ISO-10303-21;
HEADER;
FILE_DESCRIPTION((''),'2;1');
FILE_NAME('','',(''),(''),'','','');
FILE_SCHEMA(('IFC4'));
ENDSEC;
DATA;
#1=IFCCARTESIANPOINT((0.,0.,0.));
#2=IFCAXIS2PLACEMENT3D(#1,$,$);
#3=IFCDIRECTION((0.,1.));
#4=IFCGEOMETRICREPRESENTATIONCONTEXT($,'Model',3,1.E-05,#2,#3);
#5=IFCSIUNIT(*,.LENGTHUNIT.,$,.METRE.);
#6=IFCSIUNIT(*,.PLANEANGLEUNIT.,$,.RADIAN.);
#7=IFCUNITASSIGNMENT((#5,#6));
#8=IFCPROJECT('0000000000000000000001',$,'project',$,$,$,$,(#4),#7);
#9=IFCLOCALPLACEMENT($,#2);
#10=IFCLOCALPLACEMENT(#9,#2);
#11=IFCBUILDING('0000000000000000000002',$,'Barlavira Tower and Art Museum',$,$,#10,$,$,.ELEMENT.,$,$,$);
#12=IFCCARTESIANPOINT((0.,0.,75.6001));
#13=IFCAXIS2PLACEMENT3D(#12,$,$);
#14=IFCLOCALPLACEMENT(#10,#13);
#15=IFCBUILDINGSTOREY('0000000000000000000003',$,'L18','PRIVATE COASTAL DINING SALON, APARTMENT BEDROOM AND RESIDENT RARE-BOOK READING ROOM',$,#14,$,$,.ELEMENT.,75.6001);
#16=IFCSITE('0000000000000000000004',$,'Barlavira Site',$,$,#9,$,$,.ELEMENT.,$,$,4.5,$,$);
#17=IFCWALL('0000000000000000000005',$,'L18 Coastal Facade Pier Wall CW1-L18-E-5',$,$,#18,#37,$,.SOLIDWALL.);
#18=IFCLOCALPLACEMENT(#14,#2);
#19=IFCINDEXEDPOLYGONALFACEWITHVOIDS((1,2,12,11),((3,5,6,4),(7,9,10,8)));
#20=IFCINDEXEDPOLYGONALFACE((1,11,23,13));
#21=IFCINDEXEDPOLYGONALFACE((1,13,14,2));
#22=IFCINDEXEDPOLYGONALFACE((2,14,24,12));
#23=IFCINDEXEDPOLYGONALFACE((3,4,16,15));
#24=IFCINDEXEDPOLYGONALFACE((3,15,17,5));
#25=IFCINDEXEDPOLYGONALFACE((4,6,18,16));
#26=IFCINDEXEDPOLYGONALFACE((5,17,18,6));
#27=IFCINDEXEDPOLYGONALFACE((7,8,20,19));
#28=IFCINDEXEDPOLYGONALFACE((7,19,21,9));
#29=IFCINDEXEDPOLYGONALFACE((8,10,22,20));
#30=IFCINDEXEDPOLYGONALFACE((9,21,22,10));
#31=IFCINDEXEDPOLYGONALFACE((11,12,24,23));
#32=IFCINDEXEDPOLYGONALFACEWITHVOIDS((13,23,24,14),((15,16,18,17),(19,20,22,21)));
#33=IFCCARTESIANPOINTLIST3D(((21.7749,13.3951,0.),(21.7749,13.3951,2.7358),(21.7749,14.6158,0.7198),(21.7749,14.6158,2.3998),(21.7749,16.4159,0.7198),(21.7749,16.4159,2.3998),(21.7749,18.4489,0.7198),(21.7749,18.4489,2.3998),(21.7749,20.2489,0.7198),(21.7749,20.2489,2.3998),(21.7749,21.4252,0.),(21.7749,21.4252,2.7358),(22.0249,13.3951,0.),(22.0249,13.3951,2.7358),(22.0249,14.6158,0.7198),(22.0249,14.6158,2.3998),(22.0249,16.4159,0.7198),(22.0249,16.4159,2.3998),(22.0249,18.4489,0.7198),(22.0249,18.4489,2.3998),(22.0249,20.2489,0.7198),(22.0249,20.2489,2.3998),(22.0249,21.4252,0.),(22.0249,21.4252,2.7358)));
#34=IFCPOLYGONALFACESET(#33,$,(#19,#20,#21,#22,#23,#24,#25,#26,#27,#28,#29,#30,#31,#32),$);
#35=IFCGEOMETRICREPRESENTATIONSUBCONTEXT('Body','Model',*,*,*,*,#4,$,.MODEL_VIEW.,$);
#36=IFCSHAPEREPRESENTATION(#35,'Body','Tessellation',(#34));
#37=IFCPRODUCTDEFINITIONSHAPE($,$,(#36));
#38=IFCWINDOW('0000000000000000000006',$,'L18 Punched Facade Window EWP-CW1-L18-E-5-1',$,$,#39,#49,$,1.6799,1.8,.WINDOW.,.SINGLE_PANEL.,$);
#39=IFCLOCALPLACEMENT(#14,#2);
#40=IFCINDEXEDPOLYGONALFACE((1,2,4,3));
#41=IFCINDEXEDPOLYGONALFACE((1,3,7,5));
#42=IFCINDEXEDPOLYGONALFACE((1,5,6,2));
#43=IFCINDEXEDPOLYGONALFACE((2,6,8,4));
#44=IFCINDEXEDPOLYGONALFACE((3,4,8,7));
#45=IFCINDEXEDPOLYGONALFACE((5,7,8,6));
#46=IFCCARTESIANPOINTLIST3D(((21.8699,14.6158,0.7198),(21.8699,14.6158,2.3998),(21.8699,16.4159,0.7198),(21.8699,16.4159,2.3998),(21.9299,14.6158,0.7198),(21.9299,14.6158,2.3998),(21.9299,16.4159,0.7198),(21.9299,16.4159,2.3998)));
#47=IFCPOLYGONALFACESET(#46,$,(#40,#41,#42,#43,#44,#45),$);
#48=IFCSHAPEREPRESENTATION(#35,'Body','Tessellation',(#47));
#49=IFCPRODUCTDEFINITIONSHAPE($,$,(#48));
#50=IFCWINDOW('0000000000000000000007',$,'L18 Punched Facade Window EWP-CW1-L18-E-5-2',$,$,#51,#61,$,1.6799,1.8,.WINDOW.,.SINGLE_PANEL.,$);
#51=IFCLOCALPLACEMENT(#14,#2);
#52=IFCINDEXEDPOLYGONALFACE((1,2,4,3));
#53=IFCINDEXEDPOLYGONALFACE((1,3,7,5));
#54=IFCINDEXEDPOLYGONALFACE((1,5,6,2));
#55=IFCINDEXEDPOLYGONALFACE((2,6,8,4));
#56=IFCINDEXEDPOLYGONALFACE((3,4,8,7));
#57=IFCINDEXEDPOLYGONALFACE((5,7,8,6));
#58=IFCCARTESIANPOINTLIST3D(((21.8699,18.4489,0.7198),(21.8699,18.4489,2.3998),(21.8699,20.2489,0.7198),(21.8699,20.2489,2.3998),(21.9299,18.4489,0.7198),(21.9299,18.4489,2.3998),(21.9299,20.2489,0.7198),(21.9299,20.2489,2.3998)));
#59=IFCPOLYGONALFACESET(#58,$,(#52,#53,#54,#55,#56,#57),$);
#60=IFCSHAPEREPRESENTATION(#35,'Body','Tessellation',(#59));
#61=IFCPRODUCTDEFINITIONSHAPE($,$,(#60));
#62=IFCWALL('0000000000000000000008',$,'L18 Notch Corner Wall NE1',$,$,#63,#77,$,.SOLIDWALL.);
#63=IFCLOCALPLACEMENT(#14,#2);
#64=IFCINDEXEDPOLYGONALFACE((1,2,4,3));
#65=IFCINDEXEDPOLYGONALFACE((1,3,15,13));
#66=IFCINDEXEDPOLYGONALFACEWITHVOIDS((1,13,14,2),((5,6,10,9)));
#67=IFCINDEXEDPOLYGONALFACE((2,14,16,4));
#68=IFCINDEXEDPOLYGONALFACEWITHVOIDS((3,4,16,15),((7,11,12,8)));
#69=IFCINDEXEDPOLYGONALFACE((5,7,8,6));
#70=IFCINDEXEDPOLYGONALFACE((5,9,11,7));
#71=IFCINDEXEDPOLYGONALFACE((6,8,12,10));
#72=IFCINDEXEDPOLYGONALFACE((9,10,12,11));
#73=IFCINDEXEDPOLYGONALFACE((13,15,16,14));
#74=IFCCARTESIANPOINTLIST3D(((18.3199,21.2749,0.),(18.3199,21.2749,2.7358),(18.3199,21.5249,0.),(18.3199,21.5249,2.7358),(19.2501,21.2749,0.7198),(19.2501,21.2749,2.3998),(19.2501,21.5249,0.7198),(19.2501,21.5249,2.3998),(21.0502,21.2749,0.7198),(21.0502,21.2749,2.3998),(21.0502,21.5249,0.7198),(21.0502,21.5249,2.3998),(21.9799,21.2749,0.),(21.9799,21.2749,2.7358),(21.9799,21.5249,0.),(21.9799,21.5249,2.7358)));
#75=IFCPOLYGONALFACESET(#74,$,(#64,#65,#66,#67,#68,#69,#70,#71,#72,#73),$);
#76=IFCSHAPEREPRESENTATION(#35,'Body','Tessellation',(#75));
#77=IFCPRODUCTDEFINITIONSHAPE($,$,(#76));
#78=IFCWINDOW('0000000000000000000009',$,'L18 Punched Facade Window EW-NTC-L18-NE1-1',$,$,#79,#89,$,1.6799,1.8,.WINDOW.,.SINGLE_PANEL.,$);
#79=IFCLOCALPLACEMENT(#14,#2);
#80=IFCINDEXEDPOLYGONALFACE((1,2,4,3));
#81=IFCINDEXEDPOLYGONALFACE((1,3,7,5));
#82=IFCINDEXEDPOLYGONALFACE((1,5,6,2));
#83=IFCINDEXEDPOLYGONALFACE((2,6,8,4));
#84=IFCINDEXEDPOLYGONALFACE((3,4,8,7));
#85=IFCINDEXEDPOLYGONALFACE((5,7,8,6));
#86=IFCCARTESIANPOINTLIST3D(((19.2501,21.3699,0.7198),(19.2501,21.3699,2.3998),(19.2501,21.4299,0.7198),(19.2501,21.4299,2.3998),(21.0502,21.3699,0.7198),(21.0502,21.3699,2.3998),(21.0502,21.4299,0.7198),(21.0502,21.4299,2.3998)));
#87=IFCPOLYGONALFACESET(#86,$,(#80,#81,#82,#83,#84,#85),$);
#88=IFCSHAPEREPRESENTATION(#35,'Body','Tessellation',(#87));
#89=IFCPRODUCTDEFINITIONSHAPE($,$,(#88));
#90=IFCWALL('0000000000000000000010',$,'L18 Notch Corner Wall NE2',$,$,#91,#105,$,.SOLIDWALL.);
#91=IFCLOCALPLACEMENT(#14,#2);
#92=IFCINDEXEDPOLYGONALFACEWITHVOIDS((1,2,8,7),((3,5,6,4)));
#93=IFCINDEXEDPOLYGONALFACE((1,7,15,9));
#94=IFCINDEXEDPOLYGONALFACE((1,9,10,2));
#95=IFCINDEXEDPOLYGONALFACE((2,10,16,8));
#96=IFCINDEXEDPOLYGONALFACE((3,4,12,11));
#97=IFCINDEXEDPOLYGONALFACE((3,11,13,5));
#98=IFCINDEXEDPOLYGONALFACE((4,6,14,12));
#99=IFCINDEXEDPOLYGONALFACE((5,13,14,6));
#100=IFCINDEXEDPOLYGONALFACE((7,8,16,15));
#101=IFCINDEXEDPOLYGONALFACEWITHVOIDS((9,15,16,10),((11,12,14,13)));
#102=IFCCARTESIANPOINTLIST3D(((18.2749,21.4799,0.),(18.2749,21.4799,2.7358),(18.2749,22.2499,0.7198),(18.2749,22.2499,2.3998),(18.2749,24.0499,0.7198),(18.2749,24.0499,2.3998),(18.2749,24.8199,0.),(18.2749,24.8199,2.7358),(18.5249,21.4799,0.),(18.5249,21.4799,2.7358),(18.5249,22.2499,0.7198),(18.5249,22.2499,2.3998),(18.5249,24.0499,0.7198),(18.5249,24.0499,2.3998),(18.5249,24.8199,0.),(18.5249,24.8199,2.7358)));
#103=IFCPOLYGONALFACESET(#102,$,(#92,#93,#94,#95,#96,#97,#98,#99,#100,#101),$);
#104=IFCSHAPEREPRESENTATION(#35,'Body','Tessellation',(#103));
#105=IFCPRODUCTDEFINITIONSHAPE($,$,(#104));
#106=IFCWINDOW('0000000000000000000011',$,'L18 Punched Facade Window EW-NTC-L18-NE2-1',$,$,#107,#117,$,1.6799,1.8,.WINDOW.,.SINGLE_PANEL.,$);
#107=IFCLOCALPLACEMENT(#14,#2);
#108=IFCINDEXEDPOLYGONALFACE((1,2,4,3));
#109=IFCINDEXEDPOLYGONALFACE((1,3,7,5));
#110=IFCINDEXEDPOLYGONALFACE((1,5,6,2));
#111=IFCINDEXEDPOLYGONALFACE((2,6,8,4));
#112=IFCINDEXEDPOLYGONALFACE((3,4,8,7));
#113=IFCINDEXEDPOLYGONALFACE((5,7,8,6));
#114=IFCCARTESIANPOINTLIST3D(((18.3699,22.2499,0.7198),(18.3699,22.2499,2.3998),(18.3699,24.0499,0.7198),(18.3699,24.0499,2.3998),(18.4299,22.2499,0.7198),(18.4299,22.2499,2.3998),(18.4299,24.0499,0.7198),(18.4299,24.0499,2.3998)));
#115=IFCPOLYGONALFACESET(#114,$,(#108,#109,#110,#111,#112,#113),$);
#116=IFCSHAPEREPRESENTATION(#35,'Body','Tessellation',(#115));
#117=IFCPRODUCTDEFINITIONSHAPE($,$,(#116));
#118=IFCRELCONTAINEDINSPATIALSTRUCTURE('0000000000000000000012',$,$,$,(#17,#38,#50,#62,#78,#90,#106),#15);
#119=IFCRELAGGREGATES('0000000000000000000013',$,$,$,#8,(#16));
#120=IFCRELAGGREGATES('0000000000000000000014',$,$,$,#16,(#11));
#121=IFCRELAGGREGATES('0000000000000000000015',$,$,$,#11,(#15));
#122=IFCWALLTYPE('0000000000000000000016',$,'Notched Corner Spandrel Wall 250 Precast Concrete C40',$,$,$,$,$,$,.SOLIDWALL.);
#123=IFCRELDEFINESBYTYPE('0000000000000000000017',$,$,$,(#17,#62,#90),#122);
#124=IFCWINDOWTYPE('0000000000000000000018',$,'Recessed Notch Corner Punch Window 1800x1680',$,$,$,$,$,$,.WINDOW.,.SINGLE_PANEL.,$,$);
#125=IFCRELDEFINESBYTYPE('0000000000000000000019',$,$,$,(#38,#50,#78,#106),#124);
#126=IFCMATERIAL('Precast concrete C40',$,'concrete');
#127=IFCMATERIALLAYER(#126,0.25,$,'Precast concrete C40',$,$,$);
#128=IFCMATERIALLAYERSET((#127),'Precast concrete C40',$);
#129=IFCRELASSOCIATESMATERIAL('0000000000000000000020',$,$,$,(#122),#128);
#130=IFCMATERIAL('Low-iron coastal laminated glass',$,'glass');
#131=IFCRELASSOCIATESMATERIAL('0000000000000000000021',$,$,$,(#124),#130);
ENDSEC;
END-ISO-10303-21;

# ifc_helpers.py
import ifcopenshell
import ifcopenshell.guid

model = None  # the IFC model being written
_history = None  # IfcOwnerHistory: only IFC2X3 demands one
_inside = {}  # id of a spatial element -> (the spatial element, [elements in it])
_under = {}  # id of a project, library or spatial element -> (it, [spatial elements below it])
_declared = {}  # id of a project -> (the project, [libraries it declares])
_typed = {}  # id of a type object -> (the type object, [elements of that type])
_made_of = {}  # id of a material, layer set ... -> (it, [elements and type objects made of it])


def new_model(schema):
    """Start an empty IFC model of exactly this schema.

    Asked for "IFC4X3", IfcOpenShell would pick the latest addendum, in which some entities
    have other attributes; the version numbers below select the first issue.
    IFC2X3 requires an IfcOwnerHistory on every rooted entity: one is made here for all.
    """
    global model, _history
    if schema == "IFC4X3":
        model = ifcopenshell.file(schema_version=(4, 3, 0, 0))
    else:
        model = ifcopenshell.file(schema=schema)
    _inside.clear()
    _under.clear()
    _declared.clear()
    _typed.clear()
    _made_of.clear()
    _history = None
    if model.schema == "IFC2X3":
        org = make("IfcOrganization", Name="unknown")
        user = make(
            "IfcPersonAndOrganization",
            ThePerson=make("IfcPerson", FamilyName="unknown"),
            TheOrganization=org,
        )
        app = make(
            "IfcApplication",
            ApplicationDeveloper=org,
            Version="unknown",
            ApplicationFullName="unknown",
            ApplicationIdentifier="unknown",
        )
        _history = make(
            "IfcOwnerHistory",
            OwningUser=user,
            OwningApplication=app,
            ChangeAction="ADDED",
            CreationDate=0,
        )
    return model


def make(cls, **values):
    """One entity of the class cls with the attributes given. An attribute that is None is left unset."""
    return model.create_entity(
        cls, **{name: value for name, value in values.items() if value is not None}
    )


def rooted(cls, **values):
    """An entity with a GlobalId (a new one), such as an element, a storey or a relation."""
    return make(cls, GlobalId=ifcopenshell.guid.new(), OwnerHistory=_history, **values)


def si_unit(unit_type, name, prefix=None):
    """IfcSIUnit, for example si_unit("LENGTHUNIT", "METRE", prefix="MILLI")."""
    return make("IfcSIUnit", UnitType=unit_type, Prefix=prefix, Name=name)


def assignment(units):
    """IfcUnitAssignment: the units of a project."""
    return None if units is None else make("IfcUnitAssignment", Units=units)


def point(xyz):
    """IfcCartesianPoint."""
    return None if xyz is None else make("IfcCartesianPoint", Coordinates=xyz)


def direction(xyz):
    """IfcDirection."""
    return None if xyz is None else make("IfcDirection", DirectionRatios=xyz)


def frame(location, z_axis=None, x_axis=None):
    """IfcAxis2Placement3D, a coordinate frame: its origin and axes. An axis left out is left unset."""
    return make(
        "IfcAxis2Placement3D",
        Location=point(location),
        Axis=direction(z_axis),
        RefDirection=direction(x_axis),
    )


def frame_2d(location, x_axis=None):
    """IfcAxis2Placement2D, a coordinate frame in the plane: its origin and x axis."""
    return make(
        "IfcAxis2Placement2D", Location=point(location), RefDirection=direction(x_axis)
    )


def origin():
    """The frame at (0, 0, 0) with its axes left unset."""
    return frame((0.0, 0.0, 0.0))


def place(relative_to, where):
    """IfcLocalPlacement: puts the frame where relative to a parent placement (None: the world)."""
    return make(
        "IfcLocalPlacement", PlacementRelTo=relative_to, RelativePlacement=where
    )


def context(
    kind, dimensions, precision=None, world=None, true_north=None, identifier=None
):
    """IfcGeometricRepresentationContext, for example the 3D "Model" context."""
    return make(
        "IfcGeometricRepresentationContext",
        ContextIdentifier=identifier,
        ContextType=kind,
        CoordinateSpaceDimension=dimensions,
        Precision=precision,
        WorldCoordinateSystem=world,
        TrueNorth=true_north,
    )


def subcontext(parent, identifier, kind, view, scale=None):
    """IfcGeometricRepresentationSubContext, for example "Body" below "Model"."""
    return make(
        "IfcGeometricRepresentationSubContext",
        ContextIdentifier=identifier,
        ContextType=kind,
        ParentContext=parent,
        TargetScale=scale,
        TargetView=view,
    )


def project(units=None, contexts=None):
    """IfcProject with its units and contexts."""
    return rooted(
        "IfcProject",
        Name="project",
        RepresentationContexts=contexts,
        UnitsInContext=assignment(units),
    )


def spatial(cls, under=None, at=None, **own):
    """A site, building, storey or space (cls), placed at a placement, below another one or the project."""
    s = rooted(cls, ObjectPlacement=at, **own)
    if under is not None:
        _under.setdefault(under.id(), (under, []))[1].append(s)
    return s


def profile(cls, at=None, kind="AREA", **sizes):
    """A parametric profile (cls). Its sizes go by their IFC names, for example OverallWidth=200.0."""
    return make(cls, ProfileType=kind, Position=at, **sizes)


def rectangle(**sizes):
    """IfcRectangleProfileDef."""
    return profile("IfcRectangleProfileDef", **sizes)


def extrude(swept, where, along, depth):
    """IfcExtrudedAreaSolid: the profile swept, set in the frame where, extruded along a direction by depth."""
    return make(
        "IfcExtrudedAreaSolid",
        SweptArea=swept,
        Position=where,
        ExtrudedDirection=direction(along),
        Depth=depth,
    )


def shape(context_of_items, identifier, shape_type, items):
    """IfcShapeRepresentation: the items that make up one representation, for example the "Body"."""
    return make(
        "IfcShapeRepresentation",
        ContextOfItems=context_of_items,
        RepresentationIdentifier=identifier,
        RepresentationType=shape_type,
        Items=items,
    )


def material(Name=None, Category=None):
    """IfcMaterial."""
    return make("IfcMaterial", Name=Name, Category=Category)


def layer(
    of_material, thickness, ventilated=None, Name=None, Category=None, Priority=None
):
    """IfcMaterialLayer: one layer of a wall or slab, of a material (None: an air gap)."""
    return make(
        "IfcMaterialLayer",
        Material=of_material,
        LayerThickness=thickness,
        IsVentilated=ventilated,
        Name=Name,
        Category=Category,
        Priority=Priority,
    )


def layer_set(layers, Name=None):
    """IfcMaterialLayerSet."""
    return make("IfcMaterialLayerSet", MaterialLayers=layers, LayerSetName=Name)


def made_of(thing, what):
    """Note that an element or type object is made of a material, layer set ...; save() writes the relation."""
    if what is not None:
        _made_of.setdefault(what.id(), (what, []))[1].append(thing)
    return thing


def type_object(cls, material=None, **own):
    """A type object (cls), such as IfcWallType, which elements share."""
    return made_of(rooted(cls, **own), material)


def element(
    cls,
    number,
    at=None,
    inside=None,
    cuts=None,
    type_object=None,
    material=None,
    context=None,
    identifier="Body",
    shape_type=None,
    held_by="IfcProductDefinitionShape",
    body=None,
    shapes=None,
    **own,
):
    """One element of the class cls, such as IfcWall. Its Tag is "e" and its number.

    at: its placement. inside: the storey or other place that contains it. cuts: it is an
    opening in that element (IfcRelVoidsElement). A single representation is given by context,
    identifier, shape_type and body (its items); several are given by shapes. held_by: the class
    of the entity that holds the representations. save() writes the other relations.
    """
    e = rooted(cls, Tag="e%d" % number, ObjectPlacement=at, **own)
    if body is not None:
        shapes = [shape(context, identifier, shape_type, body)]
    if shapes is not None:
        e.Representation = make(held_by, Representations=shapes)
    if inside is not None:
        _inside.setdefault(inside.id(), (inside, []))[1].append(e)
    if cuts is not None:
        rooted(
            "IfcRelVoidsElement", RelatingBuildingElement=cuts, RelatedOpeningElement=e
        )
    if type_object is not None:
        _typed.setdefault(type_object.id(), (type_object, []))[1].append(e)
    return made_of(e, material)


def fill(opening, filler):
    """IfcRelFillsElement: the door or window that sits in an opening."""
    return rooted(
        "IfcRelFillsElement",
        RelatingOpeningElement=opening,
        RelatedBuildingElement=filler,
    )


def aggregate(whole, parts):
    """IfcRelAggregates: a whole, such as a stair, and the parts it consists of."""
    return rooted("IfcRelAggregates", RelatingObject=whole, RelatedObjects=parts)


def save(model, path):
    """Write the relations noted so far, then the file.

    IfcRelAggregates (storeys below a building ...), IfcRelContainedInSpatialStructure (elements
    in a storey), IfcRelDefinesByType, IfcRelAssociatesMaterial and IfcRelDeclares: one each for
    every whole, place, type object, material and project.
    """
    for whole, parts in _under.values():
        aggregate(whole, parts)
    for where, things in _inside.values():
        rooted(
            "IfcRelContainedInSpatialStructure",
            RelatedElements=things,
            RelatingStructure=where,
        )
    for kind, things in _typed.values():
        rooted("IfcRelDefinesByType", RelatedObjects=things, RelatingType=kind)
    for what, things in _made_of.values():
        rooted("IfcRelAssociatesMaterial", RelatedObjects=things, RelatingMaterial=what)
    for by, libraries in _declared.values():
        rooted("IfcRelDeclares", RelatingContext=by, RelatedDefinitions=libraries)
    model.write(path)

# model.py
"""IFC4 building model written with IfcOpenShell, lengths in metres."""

from ifc_helpers import new_model, si_unit, direction, frame, frame_2d, origin, place, context, subcontext, project, spatial, rectangle, extrude, material, layer, layer_set, type_object, element, fill, save


model = new_model("IFC4")

# Units and contexts
model_context = context("Model", 3, precision=1e-05, world=origin(), true_north=direction((0.0, 1.0)))
body_context = subcontext(model_context, "Body", "Model", "MODEL_VIEW")
ifc_project = project(units=[si_unit("LENGTHUNIT", "METRE"), si_unit("PLANEANGLEUNIT", "RADIAN")], contexts=[model_context])

# Site, building, storey
site_placement = place(None, origin())
site = spatial("IfcSite", under=ifc_project, at=site_placement, Name="Barlavira Site", CompositionType="ELEMENT", RefElevation=4.5)
building_placement = place(site_placement, origin())
building = spatial("IfcBuilding", under=site, at=building_placement, Name="Barlavira Tower and Art Museum", CompositionType="ELEMENT")
storey_placement = place(building_placement, frame((0.0, 0.0, 75.6001)))
storey = spatial("IfcBuildingStorey", under=building, at=storey_placement, Name="L18", Description="PRIVATE COASTAL DINING SALON, APARTMENT BEDROOM AND RESIDENT RARE-BOOK READING ROOM", CompositionType="ELEMENT", Elevation=75.6001)

# Shared definitions
ifc_material_1 = material(Name="Precast concrete C40", Category="concrete")
ifc_layer_1 = layer(ifc_material_1, 0.25, Name="Precast concrete C40")
ifc_layer_set_1 = layer_set([ifc_layer_1], Name="Precast concrete C40")
wall_type_1 = type_object("IfcWallType", Name="Notched Corner Spandrel Wall 250 Precast Concrete C40", PredefinedType="SOLIDWALL", material=ifc_layer_set_1)
ifc_material_2 = material(Name="Low-iron coastal laminated glass", Category="glass")
window_type = type_object("IfcWindowType", Name="Recessed Notch Corner Punch Window 1800x1680", PartitioningType="SINGLE_PANEL", PredefinedType="WINDOW", material=ifc_material_2)

# Wall, openings, windows
wall_1_placement = place(storey_placement, frame((21.8999, 13.395, 0.0), z_axis=(0.0, 0.0, 1.0), x_axis=(0.0, 1.0, 0.0)))
wall_1 = element("IfcWall", 1, at=wall_1_placement, inside=storey, type_object=wall_type_1, Name="L18 Coastal Facade Pier Wall CW1-L18-E-5", PredefinedType="SOLIDWALL", context=body_context, shape_type="SweptSolid", body=[
    extrude(rectangle(XDim=8.03, YDim=0.25, at=frame_2d((4.0151, 0.0))), origin(), (0.0, 0.0, 1.0), 2.7358),
])
opening_1_placement = place(wall_1_placement, frame((1.2209, 0.0, 0.72)))
opening_1 = element("IfcOpeningElement", 2, at=opening_1_placement, cuts=wall_1, PredefinedType="OPENING", context=body_context, shape_type="SweptSolid", body=[
    extrude(rectangle(XDim=1.8, YDim=1.6799, at=frame_2d((0.8999, 0.8398))), frame((0.0, 0.135, 0.0), z_axis=(0.0, -1.0, 0.0), x_axis=(1.0, 0.0, 0.0)), (0.0, 0.0, 1.0), 0.27),
])
opening_2_placement = place(wall_1_placement, frame((5.054, 0.0, 0.72)))
opening_2 = element("IfcOpeningElement", 3, at=opening_2_placement, cuts=wall_1, PredefinedType="OPENING", context=body_context, shape_type="SweptSolid", body=[
    extrude(rectangle(XDim=1.8, YDim=1.6799, at=frame_2d((0.8999, 0.8398))), frame((0.0, 0.135, 0.0), z_axis=(0.0, -1.0, 0.0), x_axis=(1.0, 0.0, 0.0)), (0.0, 0.0, 1.0), 0.27),
])
window_1_placement = place(opening_1_placement, origin())
window_1 = element("IfcWindow", 4, at=window_1_placement, inside=storey, type_object=window_type, Name="L18 Punched Facade Window EWP-CW1-L18-E-5-1", OverallHeight=1.6799, OverallWidth=1.8, PartitioningType="SINGLE_PANEL", PredefinedType="WINDOW", context=body_context, shape_type="SweptSolid", body=[
    extrude(rectangle(XDim=1.8, YDim=1.6799, at=frame_2d((0.8999, 0.8398))), frame((0.0, 0.03, 0.0), z_axis=(0.0, -1.0, 0.0), x_axis=(1.0, 0.0, 0.0)), (0.0, 0.0, 1.0), 0.0601),
])
fill(opening_1, window_1)
window_2_placement = place(opening_2_placement, origin())
window_2 = element("IfcWindow", 5, at=window_2_placement, inside=storey, type_object=window_type, Name="L18 Punched Facade Window EWP-CW1-L18-E-5-2", OverallHeight=1.6799, OverallWidth=1.8, PartitioningType="SINGLE_PANEL", PredefinedType="WINDOW", context=body_context, shape_type="SweptSolid", body=[
    extrude(rectangle(XDim=1.8, YDim=1.6799, at=frame_2d((0.8999, 0.8398))), frame((0.0, 0.03, 0.0), z_axis=(0.0, -1.0, 0.0), x_axis=(1.0, 0.0, 0.0)), (0.0, 0.0, 1.0), 0.0601),
])
fill(opening_2, window_2)

# Walls, openings, windows
wall_2_placement = place(storey_placement, frame((21.98, 21.3999, 0.0), z_axis=(0.0, 0.0, 1.0), x_axis=(-1.0, 0.0, 0.0)))
wall_2 = element("IfcWall", 6, at=wall_2_placement, inside=storey, type_object=wall_type_1, Name="L18 Notch Corner Wall NE1", PredefinedType="SOLIDWALL", context=body_context, shape_type="SweptSolid", body=[
    extrude(rectangle(XDim=3.6599, YDim=0.25, at=frame_2d((1.8301, 0.0))), origin(), (0.0, 0.0, 1.0), 2.7358),
])
opening_3_placement = place(wall_2_placement, frame((0.9299, 0.0, 0.72)))
opening_3 = element("IfcOpeningElement", 7, at=opening_3_placement, cuts=wall_2, PredefinedType="OPENING", context=body_context, shape_type="SweptSolid", body=[
    extrude(rectangle(XDim=1.8, YDim=1.6799, at=frame_2d((0.8999, 0.8398))), frame((0.0, 0.135, 0.0), z_axis=(0.0, -1.0, 0.0), x_axis=(1.0, 0.0, 0.0)), (0.0, 0.0, 1.0), 0.27),
])
window_3_placement = place(opening_3_placement, origin())
window_3 = element("IfcWindow", 8, at=window_3_placement, inside=storey, type_object=window_type, Name="L18 Punched Facade Window EW-NTC-L18-NE1-1", OverallHeight=1.6799, OverallWidth=1.8, PartitioningType="SINGLE_PANEL", PredefinedType="WINDOW", context=body_context, shape_type="SweptSolid", body=[
    extrude(rectangle(XDim=1.8, YDim=1.6799, at=frame_2d((0.8999, 0.8398))), frame((0.0, 0.03, 0.0), z_axis=(0.0, -1.0, 0.0), x_axis=(1.0, 0.0, 0.0)), (0.0, 0.0, 1.0), 0.0601),
])
fill(opening_3, window_3)
wall_3_placement = place(storey_placement, frame((18.3999, 21.48, 0.0), z_axis=(0.0, 0.0, 1.0), x_axis=(0.0, 1.0, 0.0)))
wall_3 = element("IfcWall", 9, at=wall_3_placement, inside=storey, type_object=wall_type_1, Name="L18 Notch Corner Wall NE2", PredefinedType="SOLIDWALL", context=body_context, shape_type="SweptSolid", body=[
    extrude(rectangle(XDim=3.3401, YDim=0.25, at=frame_2d((1.6699, 0.0))), origin(), (0.0, 0.0, 1.0), 2.7358),
])
opening_4_placement = place(wall_3_placement, frame((0.77, 0.0, 0.72)))
opening_4 = element("IfcOpeningElement", 10, at=opening_4_placement, cuts=wall_3, PredefinedType="OPENING", context=body_context, shape_type="SweptSolid", body=[
    extrude(rectangle(XDim=1.8, YDim=1.6799, at=frame_2d((0.8999, 0.8398))), frame((0.0, 0.135, 0.0), z_axis=(0.0, -1.0, 0.0), x_axis=(1.0, 0.0, 0.0)), (0.0, 0.0, 1.0), 0.27),
])
window_4_placement = place(opening_4_placement, origin())
window_4 = element("IfcWindow", 11, at=window_4_placement, inside=storey, type_object=window_type, Name="L18 Punched Facade Window EW-NTC-L18-NE2-1", OverallHeight=1.6799, OverallWidth=1.8, PartitioningType="SINGLE_PANEL", PredefinedType="WINDOW", context=body_context, shape_type="SweptSolid", body=[
    extrude(rectangle(XDim=1.8, YDim=1.6799, at=frame_2d((0.8999, 0.8398))), frame((0.0, 0.03, 0.0), z_axis=(0.0, -1.0, 0.0), x_axis=(1.0, 0.0, 0.0)), (0.0, 0.0, 1.0), 0.0601),
])
fill(opening_4, window_4)

save(model, "model.ifc")
